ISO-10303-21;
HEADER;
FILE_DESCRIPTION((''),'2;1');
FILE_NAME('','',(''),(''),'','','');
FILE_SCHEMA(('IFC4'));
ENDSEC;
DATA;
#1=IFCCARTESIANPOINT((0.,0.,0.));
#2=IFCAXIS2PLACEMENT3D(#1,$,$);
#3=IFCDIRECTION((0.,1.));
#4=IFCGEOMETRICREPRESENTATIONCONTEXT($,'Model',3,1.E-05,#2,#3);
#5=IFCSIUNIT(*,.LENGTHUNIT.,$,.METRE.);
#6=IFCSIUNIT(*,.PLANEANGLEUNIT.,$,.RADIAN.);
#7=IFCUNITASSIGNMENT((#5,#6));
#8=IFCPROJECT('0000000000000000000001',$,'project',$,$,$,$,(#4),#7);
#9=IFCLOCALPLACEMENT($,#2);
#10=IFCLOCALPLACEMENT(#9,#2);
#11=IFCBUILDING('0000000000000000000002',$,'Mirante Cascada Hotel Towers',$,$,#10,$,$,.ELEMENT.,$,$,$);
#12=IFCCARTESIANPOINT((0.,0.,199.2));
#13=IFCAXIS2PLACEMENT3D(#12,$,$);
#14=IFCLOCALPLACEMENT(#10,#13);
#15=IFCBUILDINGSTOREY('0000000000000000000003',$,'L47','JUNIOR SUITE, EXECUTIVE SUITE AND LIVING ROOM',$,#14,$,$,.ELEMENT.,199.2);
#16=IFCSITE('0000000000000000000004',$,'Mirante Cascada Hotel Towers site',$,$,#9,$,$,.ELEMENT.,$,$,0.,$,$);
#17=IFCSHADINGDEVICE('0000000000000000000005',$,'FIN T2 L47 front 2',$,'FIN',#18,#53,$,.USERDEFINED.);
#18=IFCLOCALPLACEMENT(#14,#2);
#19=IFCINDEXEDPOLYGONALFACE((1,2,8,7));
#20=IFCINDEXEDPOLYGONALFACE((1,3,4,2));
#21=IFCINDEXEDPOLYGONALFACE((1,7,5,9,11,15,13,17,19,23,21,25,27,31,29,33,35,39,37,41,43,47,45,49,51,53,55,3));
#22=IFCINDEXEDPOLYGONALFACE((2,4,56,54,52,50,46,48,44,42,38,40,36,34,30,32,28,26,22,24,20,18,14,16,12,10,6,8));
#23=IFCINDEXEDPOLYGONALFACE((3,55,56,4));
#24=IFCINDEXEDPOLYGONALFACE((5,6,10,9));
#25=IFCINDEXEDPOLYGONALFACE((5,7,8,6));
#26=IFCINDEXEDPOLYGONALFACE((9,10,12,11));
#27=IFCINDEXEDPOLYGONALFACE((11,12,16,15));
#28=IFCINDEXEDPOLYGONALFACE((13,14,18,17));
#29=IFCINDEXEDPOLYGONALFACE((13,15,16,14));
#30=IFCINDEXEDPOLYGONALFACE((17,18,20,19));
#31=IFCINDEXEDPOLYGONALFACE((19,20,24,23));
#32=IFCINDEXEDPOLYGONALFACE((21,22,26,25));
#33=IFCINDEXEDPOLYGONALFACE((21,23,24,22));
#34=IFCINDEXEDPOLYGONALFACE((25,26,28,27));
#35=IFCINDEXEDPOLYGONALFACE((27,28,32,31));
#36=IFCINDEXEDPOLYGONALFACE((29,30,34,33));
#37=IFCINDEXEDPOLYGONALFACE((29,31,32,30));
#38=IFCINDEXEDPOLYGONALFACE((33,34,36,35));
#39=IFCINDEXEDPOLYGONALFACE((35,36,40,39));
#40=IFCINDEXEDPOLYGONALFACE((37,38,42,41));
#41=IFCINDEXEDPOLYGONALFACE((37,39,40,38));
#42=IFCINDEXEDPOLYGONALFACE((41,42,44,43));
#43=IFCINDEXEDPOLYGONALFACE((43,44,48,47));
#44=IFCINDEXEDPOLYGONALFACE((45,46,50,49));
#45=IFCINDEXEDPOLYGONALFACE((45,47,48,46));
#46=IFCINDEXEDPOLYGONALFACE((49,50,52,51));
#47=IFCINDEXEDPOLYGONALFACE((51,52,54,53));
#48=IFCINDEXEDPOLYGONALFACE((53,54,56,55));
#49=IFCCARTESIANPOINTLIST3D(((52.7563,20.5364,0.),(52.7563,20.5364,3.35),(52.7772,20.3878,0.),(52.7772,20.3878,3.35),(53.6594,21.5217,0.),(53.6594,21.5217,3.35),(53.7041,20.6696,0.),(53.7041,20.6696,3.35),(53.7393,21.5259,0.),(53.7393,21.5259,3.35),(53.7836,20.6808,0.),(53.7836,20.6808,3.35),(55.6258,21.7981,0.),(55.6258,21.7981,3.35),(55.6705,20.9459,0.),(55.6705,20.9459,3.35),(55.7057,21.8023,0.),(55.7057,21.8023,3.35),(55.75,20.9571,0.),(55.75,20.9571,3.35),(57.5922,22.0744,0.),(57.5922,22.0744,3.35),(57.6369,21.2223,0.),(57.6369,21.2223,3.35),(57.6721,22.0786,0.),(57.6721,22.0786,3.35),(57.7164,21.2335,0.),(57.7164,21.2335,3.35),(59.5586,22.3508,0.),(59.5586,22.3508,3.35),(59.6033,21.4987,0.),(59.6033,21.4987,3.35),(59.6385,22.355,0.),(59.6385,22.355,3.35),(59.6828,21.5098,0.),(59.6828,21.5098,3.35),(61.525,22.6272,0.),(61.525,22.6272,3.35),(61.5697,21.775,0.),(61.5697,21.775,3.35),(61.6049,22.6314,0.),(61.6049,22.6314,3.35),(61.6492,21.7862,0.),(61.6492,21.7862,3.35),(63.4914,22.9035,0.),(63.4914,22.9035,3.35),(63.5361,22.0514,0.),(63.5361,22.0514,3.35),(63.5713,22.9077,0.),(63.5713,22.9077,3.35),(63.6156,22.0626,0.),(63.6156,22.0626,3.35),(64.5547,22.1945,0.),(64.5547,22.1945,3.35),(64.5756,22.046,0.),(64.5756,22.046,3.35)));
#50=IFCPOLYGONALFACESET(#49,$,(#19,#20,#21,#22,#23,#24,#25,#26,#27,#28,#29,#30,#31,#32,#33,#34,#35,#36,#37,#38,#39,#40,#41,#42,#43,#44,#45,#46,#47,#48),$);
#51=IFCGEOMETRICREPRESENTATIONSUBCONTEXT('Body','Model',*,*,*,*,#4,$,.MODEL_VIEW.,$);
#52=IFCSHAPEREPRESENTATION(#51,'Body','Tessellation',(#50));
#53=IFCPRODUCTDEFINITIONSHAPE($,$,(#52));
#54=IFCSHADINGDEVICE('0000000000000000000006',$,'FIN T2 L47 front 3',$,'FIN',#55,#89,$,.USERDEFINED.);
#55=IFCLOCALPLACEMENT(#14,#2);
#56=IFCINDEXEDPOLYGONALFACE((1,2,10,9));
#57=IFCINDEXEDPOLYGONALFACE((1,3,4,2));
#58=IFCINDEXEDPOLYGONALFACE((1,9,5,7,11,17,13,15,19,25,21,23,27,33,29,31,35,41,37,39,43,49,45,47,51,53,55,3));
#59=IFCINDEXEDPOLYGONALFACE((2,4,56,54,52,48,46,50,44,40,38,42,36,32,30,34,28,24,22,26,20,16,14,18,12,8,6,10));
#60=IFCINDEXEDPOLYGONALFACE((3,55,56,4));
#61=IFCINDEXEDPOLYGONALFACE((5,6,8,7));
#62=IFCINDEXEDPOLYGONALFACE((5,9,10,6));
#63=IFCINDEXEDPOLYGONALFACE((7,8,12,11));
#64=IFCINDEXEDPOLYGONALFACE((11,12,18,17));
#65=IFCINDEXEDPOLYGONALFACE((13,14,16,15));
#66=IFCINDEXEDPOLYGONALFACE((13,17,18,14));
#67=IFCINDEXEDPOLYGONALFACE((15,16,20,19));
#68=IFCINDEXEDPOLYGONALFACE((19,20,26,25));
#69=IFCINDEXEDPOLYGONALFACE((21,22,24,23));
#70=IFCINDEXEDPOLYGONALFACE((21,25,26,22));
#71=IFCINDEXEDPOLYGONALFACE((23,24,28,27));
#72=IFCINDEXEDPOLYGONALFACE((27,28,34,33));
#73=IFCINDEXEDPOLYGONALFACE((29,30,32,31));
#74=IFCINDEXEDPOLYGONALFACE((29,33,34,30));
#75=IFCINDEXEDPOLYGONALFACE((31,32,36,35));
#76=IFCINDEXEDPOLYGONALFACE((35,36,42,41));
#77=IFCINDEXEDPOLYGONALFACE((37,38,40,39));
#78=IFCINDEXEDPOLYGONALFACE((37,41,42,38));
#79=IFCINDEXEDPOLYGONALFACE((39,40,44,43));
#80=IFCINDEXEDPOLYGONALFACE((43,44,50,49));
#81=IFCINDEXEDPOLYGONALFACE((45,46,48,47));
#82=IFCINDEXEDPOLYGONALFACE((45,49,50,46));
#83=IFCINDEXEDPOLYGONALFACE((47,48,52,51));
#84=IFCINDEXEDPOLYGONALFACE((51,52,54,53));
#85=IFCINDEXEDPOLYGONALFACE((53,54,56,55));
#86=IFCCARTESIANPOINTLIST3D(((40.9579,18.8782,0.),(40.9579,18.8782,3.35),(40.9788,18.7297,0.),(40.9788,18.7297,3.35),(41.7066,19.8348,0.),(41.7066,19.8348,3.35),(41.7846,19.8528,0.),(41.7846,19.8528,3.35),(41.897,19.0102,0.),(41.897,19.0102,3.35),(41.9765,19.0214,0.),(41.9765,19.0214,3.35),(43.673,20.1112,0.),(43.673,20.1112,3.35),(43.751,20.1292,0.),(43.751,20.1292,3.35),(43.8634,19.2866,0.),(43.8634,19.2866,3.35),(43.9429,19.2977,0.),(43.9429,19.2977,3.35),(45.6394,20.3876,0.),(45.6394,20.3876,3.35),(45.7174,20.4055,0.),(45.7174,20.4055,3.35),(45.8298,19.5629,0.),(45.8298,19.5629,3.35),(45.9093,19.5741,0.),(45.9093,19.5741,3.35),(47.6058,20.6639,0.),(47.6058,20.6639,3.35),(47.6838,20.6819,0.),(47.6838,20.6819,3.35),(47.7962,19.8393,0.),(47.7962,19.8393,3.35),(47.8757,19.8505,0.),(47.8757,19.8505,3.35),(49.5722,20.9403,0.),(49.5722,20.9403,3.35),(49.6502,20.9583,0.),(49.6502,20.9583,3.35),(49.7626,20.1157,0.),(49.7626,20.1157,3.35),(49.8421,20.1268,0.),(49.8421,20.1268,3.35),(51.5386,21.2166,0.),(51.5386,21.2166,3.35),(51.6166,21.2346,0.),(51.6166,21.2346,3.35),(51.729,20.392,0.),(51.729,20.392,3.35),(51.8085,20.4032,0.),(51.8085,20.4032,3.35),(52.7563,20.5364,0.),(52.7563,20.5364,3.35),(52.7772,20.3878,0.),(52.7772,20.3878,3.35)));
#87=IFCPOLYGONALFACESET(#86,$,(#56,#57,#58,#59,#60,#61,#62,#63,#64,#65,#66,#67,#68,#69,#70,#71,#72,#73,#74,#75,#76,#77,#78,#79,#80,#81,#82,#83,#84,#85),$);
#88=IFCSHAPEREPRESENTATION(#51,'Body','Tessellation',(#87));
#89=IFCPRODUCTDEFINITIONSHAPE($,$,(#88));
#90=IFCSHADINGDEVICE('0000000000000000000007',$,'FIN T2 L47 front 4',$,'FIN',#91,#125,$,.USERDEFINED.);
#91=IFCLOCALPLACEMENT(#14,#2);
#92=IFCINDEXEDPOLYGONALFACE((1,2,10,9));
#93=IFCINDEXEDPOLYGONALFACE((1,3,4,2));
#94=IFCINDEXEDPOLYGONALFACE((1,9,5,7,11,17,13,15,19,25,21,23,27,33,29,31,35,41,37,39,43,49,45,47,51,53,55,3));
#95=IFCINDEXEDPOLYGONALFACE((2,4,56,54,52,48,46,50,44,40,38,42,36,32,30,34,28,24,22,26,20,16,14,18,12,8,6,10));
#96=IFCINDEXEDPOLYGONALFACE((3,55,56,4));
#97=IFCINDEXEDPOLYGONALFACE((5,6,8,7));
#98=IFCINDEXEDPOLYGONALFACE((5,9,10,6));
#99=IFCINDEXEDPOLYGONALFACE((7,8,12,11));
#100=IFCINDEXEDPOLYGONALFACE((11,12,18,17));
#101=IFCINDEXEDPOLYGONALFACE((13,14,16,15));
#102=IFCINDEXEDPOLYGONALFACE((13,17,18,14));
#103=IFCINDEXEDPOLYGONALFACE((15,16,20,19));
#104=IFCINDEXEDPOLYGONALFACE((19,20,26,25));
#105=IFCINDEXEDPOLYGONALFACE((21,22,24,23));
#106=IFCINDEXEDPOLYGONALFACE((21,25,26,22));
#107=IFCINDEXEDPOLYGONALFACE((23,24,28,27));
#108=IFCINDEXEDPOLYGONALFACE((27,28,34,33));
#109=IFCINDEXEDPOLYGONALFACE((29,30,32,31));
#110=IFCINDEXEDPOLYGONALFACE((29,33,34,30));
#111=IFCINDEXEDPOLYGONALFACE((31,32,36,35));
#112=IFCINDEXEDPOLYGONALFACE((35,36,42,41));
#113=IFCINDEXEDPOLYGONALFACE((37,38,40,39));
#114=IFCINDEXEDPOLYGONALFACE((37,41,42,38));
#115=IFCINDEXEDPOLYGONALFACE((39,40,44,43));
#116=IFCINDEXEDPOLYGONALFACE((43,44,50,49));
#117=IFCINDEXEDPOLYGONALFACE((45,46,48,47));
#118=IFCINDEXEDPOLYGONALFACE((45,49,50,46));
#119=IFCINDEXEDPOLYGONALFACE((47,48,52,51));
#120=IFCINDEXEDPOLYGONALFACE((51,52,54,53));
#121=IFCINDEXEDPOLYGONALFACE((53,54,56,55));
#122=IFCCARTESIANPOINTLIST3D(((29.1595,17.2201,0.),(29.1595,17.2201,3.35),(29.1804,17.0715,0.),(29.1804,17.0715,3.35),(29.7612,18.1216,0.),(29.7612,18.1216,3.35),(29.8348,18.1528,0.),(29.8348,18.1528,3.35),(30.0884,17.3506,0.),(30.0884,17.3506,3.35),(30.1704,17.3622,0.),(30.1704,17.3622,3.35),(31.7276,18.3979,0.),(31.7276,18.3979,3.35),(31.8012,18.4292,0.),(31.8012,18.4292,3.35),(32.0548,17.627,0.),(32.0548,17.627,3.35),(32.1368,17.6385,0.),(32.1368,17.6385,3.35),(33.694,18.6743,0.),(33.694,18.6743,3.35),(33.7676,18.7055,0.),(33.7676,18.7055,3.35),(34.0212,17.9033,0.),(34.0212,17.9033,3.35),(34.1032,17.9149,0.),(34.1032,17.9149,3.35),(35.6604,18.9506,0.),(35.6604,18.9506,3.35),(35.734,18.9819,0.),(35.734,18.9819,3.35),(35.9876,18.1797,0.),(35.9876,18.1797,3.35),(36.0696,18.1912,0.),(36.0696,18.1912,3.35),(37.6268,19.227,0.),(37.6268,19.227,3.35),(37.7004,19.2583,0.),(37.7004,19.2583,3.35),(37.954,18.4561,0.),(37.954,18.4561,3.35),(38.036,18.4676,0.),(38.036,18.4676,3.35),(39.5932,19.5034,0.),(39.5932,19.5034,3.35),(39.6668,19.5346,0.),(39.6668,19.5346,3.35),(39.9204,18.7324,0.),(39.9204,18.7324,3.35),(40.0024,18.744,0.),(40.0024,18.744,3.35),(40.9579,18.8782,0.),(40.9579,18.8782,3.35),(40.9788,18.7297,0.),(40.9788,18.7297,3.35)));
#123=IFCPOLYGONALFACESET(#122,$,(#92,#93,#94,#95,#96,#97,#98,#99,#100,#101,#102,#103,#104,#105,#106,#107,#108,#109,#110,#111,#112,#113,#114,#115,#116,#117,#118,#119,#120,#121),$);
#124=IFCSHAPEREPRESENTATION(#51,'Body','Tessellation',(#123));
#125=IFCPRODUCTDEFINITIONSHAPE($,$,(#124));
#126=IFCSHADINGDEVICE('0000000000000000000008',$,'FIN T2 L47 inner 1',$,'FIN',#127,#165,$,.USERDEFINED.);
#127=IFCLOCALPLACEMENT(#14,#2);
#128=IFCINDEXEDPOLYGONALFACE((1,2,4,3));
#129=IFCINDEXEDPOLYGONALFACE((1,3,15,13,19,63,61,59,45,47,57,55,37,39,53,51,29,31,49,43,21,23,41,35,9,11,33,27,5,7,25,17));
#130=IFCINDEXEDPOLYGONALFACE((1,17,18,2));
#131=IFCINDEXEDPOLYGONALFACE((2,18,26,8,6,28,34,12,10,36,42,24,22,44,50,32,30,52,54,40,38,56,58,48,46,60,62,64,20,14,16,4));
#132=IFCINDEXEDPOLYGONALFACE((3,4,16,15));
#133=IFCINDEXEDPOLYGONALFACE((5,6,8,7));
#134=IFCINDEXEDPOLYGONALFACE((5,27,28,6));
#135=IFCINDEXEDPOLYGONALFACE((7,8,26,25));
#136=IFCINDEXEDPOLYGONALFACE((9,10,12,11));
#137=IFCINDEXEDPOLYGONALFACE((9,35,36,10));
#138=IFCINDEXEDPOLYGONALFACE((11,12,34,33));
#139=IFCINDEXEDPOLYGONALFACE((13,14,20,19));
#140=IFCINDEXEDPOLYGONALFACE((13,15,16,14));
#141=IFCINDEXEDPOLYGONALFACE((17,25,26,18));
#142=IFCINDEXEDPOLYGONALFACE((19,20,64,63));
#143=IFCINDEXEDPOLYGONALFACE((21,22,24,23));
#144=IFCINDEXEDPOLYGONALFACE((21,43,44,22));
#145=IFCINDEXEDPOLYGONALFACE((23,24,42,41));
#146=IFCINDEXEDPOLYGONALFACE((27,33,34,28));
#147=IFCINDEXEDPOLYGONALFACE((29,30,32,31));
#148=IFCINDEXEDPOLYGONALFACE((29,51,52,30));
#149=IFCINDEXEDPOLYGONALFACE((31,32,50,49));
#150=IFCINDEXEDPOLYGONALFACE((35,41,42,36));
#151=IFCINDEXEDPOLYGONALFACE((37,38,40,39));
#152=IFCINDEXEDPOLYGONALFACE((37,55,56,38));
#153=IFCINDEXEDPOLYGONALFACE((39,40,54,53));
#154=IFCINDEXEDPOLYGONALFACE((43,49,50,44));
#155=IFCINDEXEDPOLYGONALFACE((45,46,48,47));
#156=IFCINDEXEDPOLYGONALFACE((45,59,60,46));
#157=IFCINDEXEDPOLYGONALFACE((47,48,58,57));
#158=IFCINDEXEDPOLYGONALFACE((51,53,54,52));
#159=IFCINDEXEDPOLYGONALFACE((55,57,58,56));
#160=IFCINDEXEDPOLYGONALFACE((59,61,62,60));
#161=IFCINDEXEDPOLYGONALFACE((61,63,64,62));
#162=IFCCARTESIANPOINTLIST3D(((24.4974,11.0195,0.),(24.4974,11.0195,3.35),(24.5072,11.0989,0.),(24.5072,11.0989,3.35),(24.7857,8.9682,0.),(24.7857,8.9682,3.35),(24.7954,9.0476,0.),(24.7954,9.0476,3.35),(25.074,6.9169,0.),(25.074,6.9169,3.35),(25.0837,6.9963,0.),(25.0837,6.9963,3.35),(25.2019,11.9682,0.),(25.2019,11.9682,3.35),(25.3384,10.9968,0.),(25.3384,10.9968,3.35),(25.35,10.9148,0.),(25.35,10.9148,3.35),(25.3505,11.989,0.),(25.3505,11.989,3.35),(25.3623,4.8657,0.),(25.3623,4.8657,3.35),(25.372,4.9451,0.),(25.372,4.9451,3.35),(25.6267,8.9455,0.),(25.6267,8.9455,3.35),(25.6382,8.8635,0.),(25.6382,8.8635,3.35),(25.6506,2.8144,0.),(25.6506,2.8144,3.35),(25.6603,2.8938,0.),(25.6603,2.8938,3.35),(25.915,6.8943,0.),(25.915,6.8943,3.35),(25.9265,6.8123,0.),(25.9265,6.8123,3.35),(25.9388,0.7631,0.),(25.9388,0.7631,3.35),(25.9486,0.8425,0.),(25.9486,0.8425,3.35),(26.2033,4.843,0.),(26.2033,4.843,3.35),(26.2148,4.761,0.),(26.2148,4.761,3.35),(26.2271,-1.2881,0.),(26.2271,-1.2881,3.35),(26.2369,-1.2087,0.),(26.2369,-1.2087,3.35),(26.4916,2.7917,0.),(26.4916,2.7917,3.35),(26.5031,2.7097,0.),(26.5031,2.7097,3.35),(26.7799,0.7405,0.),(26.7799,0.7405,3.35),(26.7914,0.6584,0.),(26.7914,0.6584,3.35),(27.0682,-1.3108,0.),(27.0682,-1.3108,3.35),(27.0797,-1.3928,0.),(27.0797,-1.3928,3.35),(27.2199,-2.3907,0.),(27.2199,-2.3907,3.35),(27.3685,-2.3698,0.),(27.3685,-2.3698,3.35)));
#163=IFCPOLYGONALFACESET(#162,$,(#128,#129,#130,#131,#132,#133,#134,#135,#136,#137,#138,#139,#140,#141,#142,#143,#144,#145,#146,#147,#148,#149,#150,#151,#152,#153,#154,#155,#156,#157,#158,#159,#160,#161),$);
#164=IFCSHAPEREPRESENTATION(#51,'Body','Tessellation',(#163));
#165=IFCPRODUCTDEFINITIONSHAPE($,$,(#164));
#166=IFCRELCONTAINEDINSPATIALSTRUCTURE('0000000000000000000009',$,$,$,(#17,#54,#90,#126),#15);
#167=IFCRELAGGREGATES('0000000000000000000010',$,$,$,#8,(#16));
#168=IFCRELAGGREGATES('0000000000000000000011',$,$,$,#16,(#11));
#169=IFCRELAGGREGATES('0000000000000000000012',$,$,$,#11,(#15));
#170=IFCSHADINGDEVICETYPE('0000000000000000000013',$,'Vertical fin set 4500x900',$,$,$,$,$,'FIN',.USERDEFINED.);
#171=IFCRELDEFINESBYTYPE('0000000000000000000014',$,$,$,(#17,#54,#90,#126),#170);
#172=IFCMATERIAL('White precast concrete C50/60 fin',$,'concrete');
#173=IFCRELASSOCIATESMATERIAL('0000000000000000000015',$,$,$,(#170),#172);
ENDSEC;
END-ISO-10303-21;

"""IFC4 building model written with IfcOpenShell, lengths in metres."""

from ifc_helpers import new_model, si_unit, direction, frame, origin, place, context, subcontext, project, spatial, polyline, outline, extrude, material, type_object, element, save


model = new_model("IFC4")

# Units and contexts
model_context = context("Model", 3, precision=1e-05, world=origin(), true_north=direction((0.0, 1.0)))
body_context = subcontext(model_context, "Body", "Model", "MODEL_VIEW")
ifc_project = project(units=[si_unit("LENGTHUNIT", "METRE"), si_unit("PLANEANGLEUNIT", "RADIAN")], contexts=[model_context])

# Site, building, storey
site_placement = place(None, origin())
site = spatial("IfcSite", under=ifc_project, at=site_placement, Name="Mirante Cascada Hotel Towers site", CompositionType="ELEMENT", RefElevation=0.0)
building_placement = place(site_placement, origin())
building = spatial("IfcBuilding", under=site, at=building_placement, Name="Mirante Cascada Hotel Towers", CompositionType="ELEMENT")
storey_placement = place(building_placement, frame((0.0, 0.0, 199.2)))
storey = spatial("IfcBuildingStorey", under=building, at=storey_placement, Name="L47", Description="JUNIOR SUITE, EXECUTIVE SUITE AND LIVING ROOM", CompositionType="ELEMENT", Elevation=199.2)

# Shading devices
ifc_material_1 = material(Name="White precast concrete C50/60 fin", Category="concrete")
shading_device_type = type_object("IfcShadingDeviceType", Name="Vertical fin set 4500x900", ElementType="FIN", PredefinedType="USERDEFINED", material=ifc_material_1)
shading_device_1_placement = place(storey_placement, origin())
element("IfcShadingDevice", 1, at=shading_device_1_placement, inside=storey, type_object=shading_device_type, Name="FIN T2 L47 front 2", ObjectType="FIN", PredefinedType="USERDEFINED", context=body_context, shape_type="SweptSolid", body=[
    extrude(outline(polyline([(53.7393, 21.5259), (53.7836, 20.6808), (55.6705, 20.9459), (55.6258, 21.7981), (55.7057, 21.8023), (55.75, 20.9571), (57.6369, 21.2223), (57.5922, 22.0744), (57.6721, 22.0786), (57.7164, 21.2335), (59.6033, 21.4987), (59.5586, 22.3508), (59.6385, 22.355), (59.6828, 21.5098), (61.5697, 21.775), (61.525, 22.6272), (61.6049, 22.6314), (61.6492, 21.7862), (63.5361, 22.0514), (63.4914, 22.9035), (63.5713, 22.9077), (63.6156, 22.0626), (64.5547, 22.1945), (64.5756, 22.046), (52.7772, 20.3878), (52.7563, 20.5364), (53.7041, 20.6696), (53.6594, 21.5217), (53.7393, 21.5259)])), origin(), (0.0, 0.0, 1.0), 3.35),
])
shading_device_2_placement = place(storey_placement, origin())
element("IfcShadingDevice", 2, at=shading_device_2_placement, inside=storey, type_object=shading_device_type, Name="FIN T2 L47 front 3", ObjectType="FIN", PredefinedType="USERDEFINED", context=body_context, shape_type="SweptSolid", body=[
    extrude(outline(polyline([(41.7846, 19.8528), (41.9765, 19.0214), (43.8634, 19.2866), (43.673, 20.1112), (43.751, 20.1292), (43.9429, 19.2977), (45.8298, 19.5629), (45.6394, 20.3876), (45.7174, 20.4055), (45.9093, 19.5741), (47.7962, 19.8393), (47.6058, 20.6639), (47.6838, 20.6819), (47.8757, 19.8505), (49.7626, 20.1157), (49.5722, 20.9403), (49.6502, 20.9583), (49.8421, 20.1268), (51.729, 20.392), (51.5386, 21.2166), (51.6166, 21.2346), (51.8085, 20.4032), (52.7563, 20.5364), (52.7772, 20.3878), (40.9788, 18.7297), (40.9579, 18.8782), (41.897, 19.0102), (41.7066, 19.8348), (41.7846, 19.8528)])), origin(), (0.0, 0.0, 1.0), 3.35),
])
shading_device_3_placement = place(storey_placement, origin())
element("IfcShadingDevice", 3, at=shading_device_3_placement, inside=storey, type_object=shading_device_type, Name="FIN T2 L47 front 4", ObjectType="FIN", PredefinedType="USERDEFINED", context=body_context, shape_type="SweptSolid", body=[
    extrude(outline(polyline([(29.8348, 18.1528), (30.1704, 17.3622), (32.0548, 17.627), (31.7276, 18.3979), (31.8012, 18.4292), (32.1368, 17.6385), (34.0212, 17.9033), (33.694, 18.6743), (33.7676, 18.7055), (34.1032, 17.9149), (35.9876, 18.1797), (35.6604, 18.9506), (35.734, 18.9819), (36.0696, 18.1912), (37.954, 18.4561), (37.6268, 19.227), (37.7004, 19.2583), (38.036, 18.4676), (39.9204, 18.7324), (39.5932, 19.5034), (39.6668, 19.5346), (40.0024, 18.744), (40.9579, 18.8782), (40.9788, 18.7297), (29.1804, 17.0715), (29.1595, 17.2201), (30.0884, 17.3506), (29.7612, 18.1216), (29.8348, 18.1528)])), origin(), (0.0, 0.0, 1.0), 3.35),
])
shading_device_4_placement = place(storey_placement, origin())
element("IfcShadingDevice", 4, at=shading_device_4_placement, inside=storey, type_object=shading_device_type, Name="FIN T2 L47 inner 1", ObjectType="FIN", PredefinedType="USERDEFINED", context=body_context, shape_type="SweptSolid", body=[
    extrude(outline(polyline([(26.2369, -1.2087), (27.0682, -1.3108), (26.7914, 0.6584), (25.9388, 0.7631), (25.9486, 0.8425), (26.7799, 0.7405), (26.5031, 2.7097), (25.6506, 2.8144), (25.6603, 2.8938), (26.4916, 2.7917), (26.2148, 4.761), (25.3623, 4.8657), (25.372, 4.9451), (26.2033, 4.843), (25.9265, 6.8123), (25.074, 6.9169), (25.0837, 6.9963), (25.915, 6.8943), (25.6382, 8.8635), (24.7857, 8.9682), (24.7954, 9.0476), (25.6267, 8.9455), (25.35, 10.9148), (24.4974, 11.0195), (24.5072, 11.0989), (25.3384, 10.9968), (25.2019, 11.9682), (25.3505, 11.989), (27.3685, -2.3698), (27.2199, -2.3907), (27.0797, -1.3928), (26.2271, -1.2881), (26.2369, -1.2087)])), origin(), (0.0, 0.0, 1.0), 3.35),
])

save(model, "model.ifc")
